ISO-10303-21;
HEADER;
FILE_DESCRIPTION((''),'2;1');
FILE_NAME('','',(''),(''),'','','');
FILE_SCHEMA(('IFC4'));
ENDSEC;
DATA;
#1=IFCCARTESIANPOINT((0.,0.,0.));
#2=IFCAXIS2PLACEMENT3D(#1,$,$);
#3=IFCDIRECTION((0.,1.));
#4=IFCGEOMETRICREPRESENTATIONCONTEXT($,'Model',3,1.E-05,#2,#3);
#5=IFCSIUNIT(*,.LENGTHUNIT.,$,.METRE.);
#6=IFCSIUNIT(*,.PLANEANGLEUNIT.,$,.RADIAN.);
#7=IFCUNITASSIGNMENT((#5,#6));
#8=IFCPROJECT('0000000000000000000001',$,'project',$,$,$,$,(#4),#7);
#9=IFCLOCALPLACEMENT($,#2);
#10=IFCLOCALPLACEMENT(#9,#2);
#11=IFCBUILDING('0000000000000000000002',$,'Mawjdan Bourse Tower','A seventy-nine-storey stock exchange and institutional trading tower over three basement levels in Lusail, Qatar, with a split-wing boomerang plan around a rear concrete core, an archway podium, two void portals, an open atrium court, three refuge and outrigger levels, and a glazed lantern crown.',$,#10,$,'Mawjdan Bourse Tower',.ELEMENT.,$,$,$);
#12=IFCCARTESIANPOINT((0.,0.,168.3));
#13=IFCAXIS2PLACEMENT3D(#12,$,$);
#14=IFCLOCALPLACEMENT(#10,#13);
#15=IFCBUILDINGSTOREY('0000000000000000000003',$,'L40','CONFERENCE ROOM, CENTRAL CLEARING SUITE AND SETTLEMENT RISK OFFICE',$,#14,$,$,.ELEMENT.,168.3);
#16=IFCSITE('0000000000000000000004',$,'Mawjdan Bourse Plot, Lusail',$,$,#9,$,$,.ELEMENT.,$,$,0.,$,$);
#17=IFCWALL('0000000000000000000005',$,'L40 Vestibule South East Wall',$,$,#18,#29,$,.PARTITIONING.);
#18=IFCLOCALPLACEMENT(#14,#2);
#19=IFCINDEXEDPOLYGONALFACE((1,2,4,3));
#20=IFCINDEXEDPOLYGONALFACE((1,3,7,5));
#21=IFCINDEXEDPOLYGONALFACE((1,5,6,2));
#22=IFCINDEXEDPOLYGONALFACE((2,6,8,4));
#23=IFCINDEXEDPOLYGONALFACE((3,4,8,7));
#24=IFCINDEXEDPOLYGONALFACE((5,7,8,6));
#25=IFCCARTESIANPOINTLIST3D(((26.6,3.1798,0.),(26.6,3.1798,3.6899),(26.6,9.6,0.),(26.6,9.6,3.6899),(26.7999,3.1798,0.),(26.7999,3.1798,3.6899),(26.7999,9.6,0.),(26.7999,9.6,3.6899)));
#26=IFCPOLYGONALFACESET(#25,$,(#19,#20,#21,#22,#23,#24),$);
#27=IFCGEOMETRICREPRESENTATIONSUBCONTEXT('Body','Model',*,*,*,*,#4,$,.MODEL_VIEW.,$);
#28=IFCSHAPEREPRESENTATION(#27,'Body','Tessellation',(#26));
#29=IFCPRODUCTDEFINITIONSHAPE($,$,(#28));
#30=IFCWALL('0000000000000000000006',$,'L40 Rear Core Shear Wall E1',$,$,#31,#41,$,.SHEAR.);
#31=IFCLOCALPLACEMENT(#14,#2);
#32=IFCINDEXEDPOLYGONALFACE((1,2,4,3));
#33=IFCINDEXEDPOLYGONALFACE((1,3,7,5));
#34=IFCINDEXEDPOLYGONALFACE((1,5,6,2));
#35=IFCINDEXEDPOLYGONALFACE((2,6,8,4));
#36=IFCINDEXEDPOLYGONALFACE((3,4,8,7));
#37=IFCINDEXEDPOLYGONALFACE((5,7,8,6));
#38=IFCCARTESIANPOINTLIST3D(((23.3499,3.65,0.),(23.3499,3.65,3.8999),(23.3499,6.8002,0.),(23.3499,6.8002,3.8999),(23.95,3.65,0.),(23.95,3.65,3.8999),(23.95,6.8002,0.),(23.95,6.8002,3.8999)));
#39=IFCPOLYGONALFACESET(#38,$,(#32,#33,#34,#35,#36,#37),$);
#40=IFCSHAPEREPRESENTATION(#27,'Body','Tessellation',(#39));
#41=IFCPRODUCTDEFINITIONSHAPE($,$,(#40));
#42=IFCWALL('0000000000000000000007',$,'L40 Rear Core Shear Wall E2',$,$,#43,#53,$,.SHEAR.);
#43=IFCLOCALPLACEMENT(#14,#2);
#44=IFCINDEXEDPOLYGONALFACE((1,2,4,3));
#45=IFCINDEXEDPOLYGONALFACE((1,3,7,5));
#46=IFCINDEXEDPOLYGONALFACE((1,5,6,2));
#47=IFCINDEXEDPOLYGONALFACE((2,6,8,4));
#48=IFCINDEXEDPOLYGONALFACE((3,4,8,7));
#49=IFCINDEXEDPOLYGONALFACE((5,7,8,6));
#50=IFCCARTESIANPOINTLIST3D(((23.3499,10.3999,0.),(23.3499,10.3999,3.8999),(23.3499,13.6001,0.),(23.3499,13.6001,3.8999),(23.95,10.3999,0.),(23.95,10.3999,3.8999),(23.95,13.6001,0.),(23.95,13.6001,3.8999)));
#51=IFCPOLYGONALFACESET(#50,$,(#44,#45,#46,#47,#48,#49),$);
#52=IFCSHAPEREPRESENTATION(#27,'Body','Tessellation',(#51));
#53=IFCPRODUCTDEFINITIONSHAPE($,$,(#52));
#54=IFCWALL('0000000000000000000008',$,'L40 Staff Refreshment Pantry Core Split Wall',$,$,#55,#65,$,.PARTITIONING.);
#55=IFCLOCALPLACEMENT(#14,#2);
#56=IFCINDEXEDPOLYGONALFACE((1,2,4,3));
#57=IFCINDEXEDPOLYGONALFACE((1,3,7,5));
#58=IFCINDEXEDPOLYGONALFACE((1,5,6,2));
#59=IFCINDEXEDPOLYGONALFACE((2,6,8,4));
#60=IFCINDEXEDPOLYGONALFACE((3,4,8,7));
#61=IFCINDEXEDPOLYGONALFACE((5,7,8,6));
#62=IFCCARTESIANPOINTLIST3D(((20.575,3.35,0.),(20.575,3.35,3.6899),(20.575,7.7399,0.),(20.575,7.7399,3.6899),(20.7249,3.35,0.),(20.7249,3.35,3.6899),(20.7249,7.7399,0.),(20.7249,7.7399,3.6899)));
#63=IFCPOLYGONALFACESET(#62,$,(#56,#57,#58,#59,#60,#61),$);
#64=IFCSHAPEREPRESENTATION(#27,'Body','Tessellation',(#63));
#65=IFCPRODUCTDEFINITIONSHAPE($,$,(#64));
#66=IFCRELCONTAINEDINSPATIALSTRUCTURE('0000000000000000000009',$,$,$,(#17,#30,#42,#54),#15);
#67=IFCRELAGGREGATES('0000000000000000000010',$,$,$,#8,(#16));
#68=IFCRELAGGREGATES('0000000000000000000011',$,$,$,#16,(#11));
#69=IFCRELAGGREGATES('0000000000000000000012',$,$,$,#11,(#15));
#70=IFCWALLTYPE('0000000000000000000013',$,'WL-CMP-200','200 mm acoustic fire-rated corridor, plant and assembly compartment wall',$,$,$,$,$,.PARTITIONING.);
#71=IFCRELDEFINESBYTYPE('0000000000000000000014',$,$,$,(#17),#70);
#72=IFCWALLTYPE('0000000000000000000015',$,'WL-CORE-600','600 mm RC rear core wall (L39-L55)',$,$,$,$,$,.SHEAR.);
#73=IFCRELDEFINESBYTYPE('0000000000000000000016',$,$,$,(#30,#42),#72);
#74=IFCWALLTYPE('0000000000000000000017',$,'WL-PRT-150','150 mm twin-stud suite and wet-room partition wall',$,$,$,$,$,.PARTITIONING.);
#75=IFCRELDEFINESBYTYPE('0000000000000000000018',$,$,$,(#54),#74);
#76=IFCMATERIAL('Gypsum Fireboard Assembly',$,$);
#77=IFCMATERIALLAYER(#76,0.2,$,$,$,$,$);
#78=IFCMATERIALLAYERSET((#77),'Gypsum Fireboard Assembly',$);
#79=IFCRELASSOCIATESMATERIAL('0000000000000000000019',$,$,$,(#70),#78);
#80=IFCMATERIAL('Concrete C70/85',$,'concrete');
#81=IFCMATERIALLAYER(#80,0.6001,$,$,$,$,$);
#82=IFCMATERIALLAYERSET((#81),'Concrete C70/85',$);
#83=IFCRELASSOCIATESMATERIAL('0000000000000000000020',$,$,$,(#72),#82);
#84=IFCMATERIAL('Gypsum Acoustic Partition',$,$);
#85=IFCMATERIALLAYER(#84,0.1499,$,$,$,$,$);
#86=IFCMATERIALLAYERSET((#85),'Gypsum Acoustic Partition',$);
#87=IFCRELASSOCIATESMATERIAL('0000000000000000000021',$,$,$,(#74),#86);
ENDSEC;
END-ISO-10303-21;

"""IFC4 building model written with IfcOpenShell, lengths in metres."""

from ifc_helpers import new_model, si_unit, direction, frame, frame_2d, origin, place, context, subcontext, project, spatial, rectangle, extrude, material, layer, layer_set, type_object, element, save


model = new_model("IFC4")

# Units and contexts
model_context = context("Model", 3, precision=1e-05, world=origin(), true_north=direction((0.0, 1.0)))
body_context = subcontext(model_context, "Body", "Model", "MODEL_VIEW")
ifc_project = project(units=[si_unit("LENGTHUNIT", "METRE"), si_unit("PLANEANGLEUNIT", "RADIAN")], contexts=[model_context])

# Site, building, storey
site_placement = place(None, origin())
site = spatial("IfcSite", under=ifc_project, at=site_placement, Name="Mawjdan Bourse Plot, Lusail", CompositionType="ELEMENT", RefElevation=0.0)
building_placement = place(site_placement, origin())
building = spatial("IfcBuilding", under=site, at=building_placement, Name="Mawjdan Bourse Tower", Description="A seventy-nine-storey stock exchange and institutional trading tower over three basement levels in Lusail, Qatar, with a split-wing boomerang plan around a rear concrete core, an archway podium, two void portals, an open atrium court, three refuge and outrigger levels, and a glazed lantern crown.", LongName="Mawjdan Bourse Tower", CompositionType="ELEMENT")
storey_placement = place(building_placement, frame((0.0, 0.0, 168.3)))
storey = spatial("IfcBuildingStorey", under=building, at=storey_placement, Name="L40", Description="CONFERENCE ROOM, CENTRAL CLEARING SUITE AND SETTLEMENT RISK OFFICE", CompositionType="ELEMENT", Elevation=168.3)

# Shared definitions
ifc_material_1 = material(Name="Concrete C70/85", Category="concrete")

# Shared definitions
ifc_material_2 = material(Name="Gypsum Fireboard Assembly")
ifc_layer_1 = layer(ifc_material_2, 0.2)
ifc_layer_set_1 = layer_set([ifc_layer_1], Name="Gypsum Fireboard Assembly")
wall_type_1 = type_object("IfcWallType", Name="WL-CMP-200", Description="200 mm acoustic fire-rated corridor, plant and assembly compartment wall", PredefinedType="PARTITIONING", material=ifc_layer_set_1)

# Walls
wall_1_placement = place(storey_placement, frame((26.7, 3.1799, 0.0), z_axis=(0.0, 0.0, 1.0), x_axis=(0.0, 1.0, 0.0)))
element("IfcWall", 1, at=wall_1_placement, inside=storey, type_object=wall_type_1, Name="L40 Vestibule South East Wall", PredefinedType="PARTITIONING", context=body_context, shape_type="SweptSolid", body=[
    extrude(rectangle(XDim=6.4202, YDim=0.2, at=frame_2d((3.21, 0.0))), origin(), (0.0, 0.0, 1.0), 3.6899),
])
ifc_layer_2 = layer(ifc_material_1, 0.6001)
ifc_layer_set_2 = layer_set([ifc_layer_2], Name="Concrete C70/85")
wall_type_2 = type_object("IfcWallType", Name="WL-CORE-600", Description="600 mm RC rear core wall (L39-L55)", PredefinedType="SHEAR", material=ifc_layer_set_2)
wall_2_placement = place(storey_placement, frame((23.6499, 3.6499, 0.0), z_axis=(0.0, 0.0, 1.0), x_axis=(0.0, 1.0, 0.0)))
element("IfcWall", 2, at=wall_2_placement, inside=storey, type_object=wall_type_2, Name="L40 Rear Core Shear Wall E1", PredefinedType="SHEAR", context=body_context, shape_type="SweptSolid", body=[
    extrude(rectangle(XDim=3.1501, YDim=0.6001, at=frame_2d((1.5752, 0.0))), origin(), (0.0, 0.0, 1.0), 3.8999),
])
wall_3_placement = place(storey_placement, frame((23.6499, 10.3999, 0.0), z_axis=(0.0, 0.0, 1.0), x_axis=(0.0, 1.0, 0.0)))
element("IfcWall", 3, at=wall_3_placement, inside=storey, type_object=wall_type_2, Name="L40 Rear Core Shear Wall E2", PredefinedType="SHEAR", context=body_context, shape_type="SweptSolid", body=[
    extrude(rectangle(XDim=3.2002, YDim=0.6001, at=frame_2d((1.6001, 0.0))), origin(), (0.0, 0.0, 1.0), 3.8999),
])
ifc_material_3 = material(Name="Gypsum Acoustic Partition")
ifc_layer_3 = layer(ifc_material_3, 0.1499)
ifc_layer_set_3 = layer_set([ifc_layer_3], Name="Gypsum Acoustic Partition")
wall_type_3 = type_object("IfcWallType", Name="WL-PRT-150", Description="150 mm twin-stud suite and wet-room partition wall", PredefinedType="PARTITIONING", material=ifc_layer_set_3)
wall_4_placement = place(storey_placement, frame((20.6499, 3.3501, 0.0), z_axis=(0.0, 0.0, 1.0), x_axis=(0.0, 1.0, 0.0)))
element("IfcWall", 4, at=wall_4_placement, inside=storey, type_object=wall_type_3, Name="L40 Staff Refreshment Pantry Core Split Wall", PredefinedType="PARTITIONING", context=body_context, shape_type="SweptSolid", body=[
    extrude(rectangle(XDim=4.3899, YDim=0.1499, at=frame_2d((2.1948, 0.0))), origin(), (0.0, 0.0, 1.0), 3.6899),
])

save(model, "model.ifc")
